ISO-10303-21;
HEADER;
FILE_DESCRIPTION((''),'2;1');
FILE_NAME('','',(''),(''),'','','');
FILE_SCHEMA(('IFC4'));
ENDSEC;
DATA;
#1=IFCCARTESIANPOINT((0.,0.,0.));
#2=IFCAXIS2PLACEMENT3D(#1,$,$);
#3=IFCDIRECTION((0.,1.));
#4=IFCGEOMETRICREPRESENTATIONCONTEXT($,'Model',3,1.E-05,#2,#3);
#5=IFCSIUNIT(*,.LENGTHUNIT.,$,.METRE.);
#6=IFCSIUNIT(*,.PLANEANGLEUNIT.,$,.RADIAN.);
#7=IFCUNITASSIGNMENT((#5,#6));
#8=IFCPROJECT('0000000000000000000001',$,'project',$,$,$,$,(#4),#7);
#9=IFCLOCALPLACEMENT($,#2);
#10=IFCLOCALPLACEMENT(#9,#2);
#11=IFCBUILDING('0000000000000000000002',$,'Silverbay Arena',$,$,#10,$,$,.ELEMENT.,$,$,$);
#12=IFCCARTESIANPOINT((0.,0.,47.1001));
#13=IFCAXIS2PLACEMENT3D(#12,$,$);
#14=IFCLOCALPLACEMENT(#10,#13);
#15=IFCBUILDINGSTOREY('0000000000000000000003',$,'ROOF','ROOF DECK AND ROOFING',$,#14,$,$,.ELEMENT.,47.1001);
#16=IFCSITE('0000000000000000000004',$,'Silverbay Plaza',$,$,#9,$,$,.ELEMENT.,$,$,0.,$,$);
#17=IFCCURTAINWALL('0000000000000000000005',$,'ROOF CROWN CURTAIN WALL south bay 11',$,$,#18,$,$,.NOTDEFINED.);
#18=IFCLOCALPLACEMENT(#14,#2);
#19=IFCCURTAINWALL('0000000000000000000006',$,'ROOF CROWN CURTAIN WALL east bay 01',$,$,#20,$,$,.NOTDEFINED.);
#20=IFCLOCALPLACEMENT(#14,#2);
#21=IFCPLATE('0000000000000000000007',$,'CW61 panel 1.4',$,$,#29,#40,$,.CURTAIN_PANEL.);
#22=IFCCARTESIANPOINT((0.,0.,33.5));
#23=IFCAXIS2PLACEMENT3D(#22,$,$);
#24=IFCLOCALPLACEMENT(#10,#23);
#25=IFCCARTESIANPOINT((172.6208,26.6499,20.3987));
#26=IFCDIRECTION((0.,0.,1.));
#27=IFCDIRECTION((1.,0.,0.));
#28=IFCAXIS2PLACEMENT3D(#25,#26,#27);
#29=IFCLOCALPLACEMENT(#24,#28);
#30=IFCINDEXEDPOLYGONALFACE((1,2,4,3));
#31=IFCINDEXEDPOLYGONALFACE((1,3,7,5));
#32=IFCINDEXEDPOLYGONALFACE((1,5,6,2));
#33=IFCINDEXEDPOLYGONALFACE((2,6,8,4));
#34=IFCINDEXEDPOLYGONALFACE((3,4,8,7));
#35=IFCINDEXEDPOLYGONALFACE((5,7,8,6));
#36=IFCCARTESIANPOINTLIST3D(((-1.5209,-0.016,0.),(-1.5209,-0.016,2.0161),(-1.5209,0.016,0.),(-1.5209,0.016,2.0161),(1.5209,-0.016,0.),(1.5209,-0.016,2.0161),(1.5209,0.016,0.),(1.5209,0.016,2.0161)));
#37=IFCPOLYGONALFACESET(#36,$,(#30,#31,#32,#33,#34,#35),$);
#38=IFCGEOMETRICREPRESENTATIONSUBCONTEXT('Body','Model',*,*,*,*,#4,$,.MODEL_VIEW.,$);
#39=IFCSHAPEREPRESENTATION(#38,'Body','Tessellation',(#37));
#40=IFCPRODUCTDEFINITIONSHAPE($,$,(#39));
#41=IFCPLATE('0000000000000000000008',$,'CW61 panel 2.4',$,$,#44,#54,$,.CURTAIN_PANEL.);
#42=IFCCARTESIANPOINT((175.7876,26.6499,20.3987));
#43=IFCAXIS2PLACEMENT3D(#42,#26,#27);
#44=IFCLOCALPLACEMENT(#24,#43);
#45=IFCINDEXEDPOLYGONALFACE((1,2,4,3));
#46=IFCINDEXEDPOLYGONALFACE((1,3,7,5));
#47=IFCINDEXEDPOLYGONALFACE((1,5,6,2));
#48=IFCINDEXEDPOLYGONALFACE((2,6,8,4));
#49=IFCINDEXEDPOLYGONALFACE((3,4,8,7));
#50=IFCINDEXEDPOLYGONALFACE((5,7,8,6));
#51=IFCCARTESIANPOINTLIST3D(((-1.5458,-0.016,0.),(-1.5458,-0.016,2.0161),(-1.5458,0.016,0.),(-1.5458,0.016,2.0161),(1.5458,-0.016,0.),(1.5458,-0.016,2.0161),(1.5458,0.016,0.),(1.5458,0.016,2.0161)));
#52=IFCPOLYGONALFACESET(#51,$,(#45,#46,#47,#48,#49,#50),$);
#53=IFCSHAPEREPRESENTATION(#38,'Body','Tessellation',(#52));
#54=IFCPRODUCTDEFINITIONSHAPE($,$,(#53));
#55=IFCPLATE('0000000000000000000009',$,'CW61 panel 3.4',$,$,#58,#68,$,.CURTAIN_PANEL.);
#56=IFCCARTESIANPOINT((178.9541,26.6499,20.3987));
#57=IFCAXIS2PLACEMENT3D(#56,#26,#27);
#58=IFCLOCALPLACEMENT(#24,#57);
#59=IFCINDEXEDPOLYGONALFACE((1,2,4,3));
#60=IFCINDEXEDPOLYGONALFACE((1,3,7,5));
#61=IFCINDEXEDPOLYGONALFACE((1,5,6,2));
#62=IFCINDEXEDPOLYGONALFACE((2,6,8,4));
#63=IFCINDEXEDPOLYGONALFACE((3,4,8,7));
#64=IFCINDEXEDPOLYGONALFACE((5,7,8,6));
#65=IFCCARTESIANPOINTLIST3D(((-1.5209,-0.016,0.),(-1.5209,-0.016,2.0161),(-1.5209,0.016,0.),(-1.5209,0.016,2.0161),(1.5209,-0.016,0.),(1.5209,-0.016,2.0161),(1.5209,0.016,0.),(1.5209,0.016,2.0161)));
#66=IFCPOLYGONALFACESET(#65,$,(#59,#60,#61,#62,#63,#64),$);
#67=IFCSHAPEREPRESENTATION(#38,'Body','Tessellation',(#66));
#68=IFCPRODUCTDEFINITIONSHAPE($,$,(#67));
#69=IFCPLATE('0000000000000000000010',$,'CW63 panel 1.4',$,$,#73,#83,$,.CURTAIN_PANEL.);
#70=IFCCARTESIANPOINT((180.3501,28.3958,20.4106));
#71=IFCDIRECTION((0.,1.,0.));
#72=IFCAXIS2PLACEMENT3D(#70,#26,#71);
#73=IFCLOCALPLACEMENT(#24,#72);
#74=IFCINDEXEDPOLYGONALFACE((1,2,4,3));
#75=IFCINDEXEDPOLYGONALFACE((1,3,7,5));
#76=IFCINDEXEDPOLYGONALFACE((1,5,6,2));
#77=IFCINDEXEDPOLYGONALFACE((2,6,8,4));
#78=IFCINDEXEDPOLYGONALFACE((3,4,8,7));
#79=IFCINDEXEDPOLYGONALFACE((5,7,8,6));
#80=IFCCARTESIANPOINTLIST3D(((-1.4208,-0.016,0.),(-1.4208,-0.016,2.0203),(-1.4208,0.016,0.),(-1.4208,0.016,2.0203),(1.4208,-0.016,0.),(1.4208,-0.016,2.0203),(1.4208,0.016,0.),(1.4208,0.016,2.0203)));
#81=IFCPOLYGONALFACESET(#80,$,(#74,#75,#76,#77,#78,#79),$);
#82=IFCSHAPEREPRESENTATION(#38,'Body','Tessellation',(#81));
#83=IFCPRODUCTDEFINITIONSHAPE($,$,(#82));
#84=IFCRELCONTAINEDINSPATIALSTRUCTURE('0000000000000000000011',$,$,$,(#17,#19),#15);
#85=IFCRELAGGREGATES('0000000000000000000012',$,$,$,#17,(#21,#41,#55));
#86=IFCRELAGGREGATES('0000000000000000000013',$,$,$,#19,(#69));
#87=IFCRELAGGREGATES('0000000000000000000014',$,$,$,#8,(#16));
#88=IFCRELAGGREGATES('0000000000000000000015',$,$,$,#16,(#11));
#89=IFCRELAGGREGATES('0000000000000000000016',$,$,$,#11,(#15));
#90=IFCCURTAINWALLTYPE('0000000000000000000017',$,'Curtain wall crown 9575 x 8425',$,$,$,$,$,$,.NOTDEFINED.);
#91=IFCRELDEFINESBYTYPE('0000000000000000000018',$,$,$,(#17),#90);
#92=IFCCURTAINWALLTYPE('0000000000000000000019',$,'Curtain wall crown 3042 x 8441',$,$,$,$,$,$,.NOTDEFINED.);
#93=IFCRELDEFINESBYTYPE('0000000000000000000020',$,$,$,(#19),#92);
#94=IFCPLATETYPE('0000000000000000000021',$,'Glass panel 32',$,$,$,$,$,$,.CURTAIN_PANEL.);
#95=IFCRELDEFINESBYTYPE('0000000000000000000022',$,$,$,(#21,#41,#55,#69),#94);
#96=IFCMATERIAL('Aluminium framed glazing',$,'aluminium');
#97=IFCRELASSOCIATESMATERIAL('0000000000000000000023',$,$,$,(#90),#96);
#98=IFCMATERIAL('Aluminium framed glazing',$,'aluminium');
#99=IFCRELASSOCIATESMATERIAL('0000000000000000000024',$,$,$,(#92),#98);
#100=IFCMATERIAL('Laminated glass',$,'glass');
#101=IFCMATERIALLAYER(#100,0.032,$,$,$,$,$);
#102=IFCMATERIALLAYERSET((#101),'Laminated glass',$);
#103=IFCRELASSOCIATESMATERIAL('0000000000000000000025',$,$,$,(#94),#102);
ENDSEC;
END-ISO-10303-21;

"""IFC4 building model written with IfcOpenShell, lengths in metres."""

from ifc_helpers import new_model, si_unit, direction, frame, origin, origin_2d, place, context, subcontext, project, spatial, rectangle, extrude, material, layer, layer_set, type_object, element, aggregate, save


model = new_model("IFC4")

# Units and contexts
model_context = context("Model", 3, precision=1e-05, world=origin(), true_north=direction((0.0, 1.0)))
body_context = subcontext(model_context, "Body", "Model", "MODEL_VIEW")
ifc_project = project(units=[si_unit("LENGTHUNIT", "METRE"), si_unit("PLANEANGLEUNIT", "RADIAN")], contexts=[model_context])

# Site, building, storey
site_placement = place(None, origin())
site = spatial("IfcSite", under=ifc_project, at=site_placement, Name="Silverbay Plaza", CompositionType="ELEMENT", RefElevation=0.0)
building_placement = place(site_placement, origin())
building = spatial("IfcBuilding", under=site, at=building_placement, Name="Silverbay Arena", CompositionType="ELEMENT")
storey_placement = place(building_placement, frame((0.0, 0.0, 47.1001)))
storey = spatial("IfcBuildingStorey", under=building, at=storey_placement, Name="ROOF", Description="ROOF DECK AND ROOFING", CompositionType="ELEMENT", Elevation=47.1001)

# Curtain walls
ifc_material_1 = material(Name="Aluminium framed glazing", Category="aluminium")
curtain_wall_type_1 = type_object("IfcCurtainWallType", Name="Curtain wall crown 9575 x 8425", PredefinedType="NOTDEFINED", material=ifc_material_1)
curtain_wall_1_placement = place(storey_placement, origin())
curtain_wall_1 = element("IfcCurtainWall", 1, at=curtain_wall_1_placement, inside=storey, type_object=curtain_wall_type_1, Name="ROOF CROWN CURTAIN WALL south bay 11", PredefinedType="NOTDEFINED")
placement = place(building_placement, frame((0.0, 0.0, 33.5)))
ifc_material_2 = material(Name="Aluminium framed glazing", Category="aluminium")
curtain_wall_type_2 = type_object("IfcCurtainWallType", Name="Curtain wall crown 3042 x 8441", PredefinedType="NOTDEFINED", material=ifc_material_2)
curtain_wall_2_placement = place(storey_placement, origin())
curtain_wall_2 = element("IfcCurtainWall", 2, at=curtain_wall_2_placement, inside=storey, type_object=curtain_wall_type_2, Name="ROOF CROWN CURTAIN WALL east bay 01", PredefinedType="NOTDEFINED")

# Plates
ifc_material_3 = material(Name="Laminated glass", Category="glass")
ifc_layer_1 = layer(ifc_material_3, 0.032)
ifc_layer_set_1 = layer_set([ifc_layer_1], Name="Laminated glass")
plate_type = type_object("IfcPlateType", Name="Glass panel 32", PredefinedType="CURTAIN_PANEL", material=ifc_layer_set_1)
plate_1_placement = place(placement, frame((172.6208, 26.6499, 20.3987), z_axis=(0.0, 0.0, 1.0), x_axis=(1.0, 0.0, 0.0)))
plate_1 = element("IfcPlate", 3, at=plate_1_placement, type_object=plate_type, Name="CW61 panel 1.4", PredefinedType="CURTAIN_PANEL", context=body_context, shape_type="SweptSolid", body=[
    extrude(rectangle(XDim=3.0417, YDim=0.032, at=origin_2d()), origin(), (0.0, 0.0, 1.0), 2.0161),
])
plate_2_placement = place(placement, frame((175.7876, 26.6499, 20.3987), z_axis=(0.0, 0.0, 1.0), x_axis=(1.0, 0.0, 0.0)))
plate_2 = element("IfcPlate", 4, at=plate_2_placement, type_object=plate_type, Name="CW61 panel 2.4", PredefinedType="CURTAIN_PANEL", context=body_context, shape_type="SweptSolid", body=[
    extrude(rectangle(XDim=3.0916, YDim=0.032, at=origin_2d()), origin(), (0.0, 0.0, 1.0), 2.0161),
])
plate_3_placement = place(placement, frame((178.9541, 26.6499, 20.3987), z_axis=(0.0, 0.0, 1.0), x_axis=(1.0, 0.0, 0.0)))
plate_3 = element("IfcPlate", 5, at=plate_3_placement, type_object=plate_type, Name="CW61 panel 3.4", PredefinedType="CURTAIN_PANEL", context=body_context, shape_type="SweptSolid", body=[
    extrude(rectangle(XDim=3.0417, YDim=0.032, at=origin_2d()), origin(), (0.0, 0.0, 1.0), 2.0161),
])
aggregate(curtain_wall_1, [plate_1, plate_2, plate_3])
plate_4_placement = place(placement, frame((180.3501, 28.3958, 20.4106), z_axis=(0.0, 0.0, 1.0), x_axis=(0.0, 1.0, 0.0)))
plate_4 = element("IfcPlate", 6, at=plate_4_placement, type_object=plate_type, Name="CW63 panel 1.4", PredefinedType="CURTAIN_PANEL", context=body_context, shape_type="SweptSolid", body=[
    extrude(rectangle(XDim=2.8416, YDim=0.032, at=origin_2d()), origin(), (0.0, 0.0, 1.0), 2.0203),
])
aggregate(curtain_wall_2, [plate_4])

save(model, "model.ifc")
